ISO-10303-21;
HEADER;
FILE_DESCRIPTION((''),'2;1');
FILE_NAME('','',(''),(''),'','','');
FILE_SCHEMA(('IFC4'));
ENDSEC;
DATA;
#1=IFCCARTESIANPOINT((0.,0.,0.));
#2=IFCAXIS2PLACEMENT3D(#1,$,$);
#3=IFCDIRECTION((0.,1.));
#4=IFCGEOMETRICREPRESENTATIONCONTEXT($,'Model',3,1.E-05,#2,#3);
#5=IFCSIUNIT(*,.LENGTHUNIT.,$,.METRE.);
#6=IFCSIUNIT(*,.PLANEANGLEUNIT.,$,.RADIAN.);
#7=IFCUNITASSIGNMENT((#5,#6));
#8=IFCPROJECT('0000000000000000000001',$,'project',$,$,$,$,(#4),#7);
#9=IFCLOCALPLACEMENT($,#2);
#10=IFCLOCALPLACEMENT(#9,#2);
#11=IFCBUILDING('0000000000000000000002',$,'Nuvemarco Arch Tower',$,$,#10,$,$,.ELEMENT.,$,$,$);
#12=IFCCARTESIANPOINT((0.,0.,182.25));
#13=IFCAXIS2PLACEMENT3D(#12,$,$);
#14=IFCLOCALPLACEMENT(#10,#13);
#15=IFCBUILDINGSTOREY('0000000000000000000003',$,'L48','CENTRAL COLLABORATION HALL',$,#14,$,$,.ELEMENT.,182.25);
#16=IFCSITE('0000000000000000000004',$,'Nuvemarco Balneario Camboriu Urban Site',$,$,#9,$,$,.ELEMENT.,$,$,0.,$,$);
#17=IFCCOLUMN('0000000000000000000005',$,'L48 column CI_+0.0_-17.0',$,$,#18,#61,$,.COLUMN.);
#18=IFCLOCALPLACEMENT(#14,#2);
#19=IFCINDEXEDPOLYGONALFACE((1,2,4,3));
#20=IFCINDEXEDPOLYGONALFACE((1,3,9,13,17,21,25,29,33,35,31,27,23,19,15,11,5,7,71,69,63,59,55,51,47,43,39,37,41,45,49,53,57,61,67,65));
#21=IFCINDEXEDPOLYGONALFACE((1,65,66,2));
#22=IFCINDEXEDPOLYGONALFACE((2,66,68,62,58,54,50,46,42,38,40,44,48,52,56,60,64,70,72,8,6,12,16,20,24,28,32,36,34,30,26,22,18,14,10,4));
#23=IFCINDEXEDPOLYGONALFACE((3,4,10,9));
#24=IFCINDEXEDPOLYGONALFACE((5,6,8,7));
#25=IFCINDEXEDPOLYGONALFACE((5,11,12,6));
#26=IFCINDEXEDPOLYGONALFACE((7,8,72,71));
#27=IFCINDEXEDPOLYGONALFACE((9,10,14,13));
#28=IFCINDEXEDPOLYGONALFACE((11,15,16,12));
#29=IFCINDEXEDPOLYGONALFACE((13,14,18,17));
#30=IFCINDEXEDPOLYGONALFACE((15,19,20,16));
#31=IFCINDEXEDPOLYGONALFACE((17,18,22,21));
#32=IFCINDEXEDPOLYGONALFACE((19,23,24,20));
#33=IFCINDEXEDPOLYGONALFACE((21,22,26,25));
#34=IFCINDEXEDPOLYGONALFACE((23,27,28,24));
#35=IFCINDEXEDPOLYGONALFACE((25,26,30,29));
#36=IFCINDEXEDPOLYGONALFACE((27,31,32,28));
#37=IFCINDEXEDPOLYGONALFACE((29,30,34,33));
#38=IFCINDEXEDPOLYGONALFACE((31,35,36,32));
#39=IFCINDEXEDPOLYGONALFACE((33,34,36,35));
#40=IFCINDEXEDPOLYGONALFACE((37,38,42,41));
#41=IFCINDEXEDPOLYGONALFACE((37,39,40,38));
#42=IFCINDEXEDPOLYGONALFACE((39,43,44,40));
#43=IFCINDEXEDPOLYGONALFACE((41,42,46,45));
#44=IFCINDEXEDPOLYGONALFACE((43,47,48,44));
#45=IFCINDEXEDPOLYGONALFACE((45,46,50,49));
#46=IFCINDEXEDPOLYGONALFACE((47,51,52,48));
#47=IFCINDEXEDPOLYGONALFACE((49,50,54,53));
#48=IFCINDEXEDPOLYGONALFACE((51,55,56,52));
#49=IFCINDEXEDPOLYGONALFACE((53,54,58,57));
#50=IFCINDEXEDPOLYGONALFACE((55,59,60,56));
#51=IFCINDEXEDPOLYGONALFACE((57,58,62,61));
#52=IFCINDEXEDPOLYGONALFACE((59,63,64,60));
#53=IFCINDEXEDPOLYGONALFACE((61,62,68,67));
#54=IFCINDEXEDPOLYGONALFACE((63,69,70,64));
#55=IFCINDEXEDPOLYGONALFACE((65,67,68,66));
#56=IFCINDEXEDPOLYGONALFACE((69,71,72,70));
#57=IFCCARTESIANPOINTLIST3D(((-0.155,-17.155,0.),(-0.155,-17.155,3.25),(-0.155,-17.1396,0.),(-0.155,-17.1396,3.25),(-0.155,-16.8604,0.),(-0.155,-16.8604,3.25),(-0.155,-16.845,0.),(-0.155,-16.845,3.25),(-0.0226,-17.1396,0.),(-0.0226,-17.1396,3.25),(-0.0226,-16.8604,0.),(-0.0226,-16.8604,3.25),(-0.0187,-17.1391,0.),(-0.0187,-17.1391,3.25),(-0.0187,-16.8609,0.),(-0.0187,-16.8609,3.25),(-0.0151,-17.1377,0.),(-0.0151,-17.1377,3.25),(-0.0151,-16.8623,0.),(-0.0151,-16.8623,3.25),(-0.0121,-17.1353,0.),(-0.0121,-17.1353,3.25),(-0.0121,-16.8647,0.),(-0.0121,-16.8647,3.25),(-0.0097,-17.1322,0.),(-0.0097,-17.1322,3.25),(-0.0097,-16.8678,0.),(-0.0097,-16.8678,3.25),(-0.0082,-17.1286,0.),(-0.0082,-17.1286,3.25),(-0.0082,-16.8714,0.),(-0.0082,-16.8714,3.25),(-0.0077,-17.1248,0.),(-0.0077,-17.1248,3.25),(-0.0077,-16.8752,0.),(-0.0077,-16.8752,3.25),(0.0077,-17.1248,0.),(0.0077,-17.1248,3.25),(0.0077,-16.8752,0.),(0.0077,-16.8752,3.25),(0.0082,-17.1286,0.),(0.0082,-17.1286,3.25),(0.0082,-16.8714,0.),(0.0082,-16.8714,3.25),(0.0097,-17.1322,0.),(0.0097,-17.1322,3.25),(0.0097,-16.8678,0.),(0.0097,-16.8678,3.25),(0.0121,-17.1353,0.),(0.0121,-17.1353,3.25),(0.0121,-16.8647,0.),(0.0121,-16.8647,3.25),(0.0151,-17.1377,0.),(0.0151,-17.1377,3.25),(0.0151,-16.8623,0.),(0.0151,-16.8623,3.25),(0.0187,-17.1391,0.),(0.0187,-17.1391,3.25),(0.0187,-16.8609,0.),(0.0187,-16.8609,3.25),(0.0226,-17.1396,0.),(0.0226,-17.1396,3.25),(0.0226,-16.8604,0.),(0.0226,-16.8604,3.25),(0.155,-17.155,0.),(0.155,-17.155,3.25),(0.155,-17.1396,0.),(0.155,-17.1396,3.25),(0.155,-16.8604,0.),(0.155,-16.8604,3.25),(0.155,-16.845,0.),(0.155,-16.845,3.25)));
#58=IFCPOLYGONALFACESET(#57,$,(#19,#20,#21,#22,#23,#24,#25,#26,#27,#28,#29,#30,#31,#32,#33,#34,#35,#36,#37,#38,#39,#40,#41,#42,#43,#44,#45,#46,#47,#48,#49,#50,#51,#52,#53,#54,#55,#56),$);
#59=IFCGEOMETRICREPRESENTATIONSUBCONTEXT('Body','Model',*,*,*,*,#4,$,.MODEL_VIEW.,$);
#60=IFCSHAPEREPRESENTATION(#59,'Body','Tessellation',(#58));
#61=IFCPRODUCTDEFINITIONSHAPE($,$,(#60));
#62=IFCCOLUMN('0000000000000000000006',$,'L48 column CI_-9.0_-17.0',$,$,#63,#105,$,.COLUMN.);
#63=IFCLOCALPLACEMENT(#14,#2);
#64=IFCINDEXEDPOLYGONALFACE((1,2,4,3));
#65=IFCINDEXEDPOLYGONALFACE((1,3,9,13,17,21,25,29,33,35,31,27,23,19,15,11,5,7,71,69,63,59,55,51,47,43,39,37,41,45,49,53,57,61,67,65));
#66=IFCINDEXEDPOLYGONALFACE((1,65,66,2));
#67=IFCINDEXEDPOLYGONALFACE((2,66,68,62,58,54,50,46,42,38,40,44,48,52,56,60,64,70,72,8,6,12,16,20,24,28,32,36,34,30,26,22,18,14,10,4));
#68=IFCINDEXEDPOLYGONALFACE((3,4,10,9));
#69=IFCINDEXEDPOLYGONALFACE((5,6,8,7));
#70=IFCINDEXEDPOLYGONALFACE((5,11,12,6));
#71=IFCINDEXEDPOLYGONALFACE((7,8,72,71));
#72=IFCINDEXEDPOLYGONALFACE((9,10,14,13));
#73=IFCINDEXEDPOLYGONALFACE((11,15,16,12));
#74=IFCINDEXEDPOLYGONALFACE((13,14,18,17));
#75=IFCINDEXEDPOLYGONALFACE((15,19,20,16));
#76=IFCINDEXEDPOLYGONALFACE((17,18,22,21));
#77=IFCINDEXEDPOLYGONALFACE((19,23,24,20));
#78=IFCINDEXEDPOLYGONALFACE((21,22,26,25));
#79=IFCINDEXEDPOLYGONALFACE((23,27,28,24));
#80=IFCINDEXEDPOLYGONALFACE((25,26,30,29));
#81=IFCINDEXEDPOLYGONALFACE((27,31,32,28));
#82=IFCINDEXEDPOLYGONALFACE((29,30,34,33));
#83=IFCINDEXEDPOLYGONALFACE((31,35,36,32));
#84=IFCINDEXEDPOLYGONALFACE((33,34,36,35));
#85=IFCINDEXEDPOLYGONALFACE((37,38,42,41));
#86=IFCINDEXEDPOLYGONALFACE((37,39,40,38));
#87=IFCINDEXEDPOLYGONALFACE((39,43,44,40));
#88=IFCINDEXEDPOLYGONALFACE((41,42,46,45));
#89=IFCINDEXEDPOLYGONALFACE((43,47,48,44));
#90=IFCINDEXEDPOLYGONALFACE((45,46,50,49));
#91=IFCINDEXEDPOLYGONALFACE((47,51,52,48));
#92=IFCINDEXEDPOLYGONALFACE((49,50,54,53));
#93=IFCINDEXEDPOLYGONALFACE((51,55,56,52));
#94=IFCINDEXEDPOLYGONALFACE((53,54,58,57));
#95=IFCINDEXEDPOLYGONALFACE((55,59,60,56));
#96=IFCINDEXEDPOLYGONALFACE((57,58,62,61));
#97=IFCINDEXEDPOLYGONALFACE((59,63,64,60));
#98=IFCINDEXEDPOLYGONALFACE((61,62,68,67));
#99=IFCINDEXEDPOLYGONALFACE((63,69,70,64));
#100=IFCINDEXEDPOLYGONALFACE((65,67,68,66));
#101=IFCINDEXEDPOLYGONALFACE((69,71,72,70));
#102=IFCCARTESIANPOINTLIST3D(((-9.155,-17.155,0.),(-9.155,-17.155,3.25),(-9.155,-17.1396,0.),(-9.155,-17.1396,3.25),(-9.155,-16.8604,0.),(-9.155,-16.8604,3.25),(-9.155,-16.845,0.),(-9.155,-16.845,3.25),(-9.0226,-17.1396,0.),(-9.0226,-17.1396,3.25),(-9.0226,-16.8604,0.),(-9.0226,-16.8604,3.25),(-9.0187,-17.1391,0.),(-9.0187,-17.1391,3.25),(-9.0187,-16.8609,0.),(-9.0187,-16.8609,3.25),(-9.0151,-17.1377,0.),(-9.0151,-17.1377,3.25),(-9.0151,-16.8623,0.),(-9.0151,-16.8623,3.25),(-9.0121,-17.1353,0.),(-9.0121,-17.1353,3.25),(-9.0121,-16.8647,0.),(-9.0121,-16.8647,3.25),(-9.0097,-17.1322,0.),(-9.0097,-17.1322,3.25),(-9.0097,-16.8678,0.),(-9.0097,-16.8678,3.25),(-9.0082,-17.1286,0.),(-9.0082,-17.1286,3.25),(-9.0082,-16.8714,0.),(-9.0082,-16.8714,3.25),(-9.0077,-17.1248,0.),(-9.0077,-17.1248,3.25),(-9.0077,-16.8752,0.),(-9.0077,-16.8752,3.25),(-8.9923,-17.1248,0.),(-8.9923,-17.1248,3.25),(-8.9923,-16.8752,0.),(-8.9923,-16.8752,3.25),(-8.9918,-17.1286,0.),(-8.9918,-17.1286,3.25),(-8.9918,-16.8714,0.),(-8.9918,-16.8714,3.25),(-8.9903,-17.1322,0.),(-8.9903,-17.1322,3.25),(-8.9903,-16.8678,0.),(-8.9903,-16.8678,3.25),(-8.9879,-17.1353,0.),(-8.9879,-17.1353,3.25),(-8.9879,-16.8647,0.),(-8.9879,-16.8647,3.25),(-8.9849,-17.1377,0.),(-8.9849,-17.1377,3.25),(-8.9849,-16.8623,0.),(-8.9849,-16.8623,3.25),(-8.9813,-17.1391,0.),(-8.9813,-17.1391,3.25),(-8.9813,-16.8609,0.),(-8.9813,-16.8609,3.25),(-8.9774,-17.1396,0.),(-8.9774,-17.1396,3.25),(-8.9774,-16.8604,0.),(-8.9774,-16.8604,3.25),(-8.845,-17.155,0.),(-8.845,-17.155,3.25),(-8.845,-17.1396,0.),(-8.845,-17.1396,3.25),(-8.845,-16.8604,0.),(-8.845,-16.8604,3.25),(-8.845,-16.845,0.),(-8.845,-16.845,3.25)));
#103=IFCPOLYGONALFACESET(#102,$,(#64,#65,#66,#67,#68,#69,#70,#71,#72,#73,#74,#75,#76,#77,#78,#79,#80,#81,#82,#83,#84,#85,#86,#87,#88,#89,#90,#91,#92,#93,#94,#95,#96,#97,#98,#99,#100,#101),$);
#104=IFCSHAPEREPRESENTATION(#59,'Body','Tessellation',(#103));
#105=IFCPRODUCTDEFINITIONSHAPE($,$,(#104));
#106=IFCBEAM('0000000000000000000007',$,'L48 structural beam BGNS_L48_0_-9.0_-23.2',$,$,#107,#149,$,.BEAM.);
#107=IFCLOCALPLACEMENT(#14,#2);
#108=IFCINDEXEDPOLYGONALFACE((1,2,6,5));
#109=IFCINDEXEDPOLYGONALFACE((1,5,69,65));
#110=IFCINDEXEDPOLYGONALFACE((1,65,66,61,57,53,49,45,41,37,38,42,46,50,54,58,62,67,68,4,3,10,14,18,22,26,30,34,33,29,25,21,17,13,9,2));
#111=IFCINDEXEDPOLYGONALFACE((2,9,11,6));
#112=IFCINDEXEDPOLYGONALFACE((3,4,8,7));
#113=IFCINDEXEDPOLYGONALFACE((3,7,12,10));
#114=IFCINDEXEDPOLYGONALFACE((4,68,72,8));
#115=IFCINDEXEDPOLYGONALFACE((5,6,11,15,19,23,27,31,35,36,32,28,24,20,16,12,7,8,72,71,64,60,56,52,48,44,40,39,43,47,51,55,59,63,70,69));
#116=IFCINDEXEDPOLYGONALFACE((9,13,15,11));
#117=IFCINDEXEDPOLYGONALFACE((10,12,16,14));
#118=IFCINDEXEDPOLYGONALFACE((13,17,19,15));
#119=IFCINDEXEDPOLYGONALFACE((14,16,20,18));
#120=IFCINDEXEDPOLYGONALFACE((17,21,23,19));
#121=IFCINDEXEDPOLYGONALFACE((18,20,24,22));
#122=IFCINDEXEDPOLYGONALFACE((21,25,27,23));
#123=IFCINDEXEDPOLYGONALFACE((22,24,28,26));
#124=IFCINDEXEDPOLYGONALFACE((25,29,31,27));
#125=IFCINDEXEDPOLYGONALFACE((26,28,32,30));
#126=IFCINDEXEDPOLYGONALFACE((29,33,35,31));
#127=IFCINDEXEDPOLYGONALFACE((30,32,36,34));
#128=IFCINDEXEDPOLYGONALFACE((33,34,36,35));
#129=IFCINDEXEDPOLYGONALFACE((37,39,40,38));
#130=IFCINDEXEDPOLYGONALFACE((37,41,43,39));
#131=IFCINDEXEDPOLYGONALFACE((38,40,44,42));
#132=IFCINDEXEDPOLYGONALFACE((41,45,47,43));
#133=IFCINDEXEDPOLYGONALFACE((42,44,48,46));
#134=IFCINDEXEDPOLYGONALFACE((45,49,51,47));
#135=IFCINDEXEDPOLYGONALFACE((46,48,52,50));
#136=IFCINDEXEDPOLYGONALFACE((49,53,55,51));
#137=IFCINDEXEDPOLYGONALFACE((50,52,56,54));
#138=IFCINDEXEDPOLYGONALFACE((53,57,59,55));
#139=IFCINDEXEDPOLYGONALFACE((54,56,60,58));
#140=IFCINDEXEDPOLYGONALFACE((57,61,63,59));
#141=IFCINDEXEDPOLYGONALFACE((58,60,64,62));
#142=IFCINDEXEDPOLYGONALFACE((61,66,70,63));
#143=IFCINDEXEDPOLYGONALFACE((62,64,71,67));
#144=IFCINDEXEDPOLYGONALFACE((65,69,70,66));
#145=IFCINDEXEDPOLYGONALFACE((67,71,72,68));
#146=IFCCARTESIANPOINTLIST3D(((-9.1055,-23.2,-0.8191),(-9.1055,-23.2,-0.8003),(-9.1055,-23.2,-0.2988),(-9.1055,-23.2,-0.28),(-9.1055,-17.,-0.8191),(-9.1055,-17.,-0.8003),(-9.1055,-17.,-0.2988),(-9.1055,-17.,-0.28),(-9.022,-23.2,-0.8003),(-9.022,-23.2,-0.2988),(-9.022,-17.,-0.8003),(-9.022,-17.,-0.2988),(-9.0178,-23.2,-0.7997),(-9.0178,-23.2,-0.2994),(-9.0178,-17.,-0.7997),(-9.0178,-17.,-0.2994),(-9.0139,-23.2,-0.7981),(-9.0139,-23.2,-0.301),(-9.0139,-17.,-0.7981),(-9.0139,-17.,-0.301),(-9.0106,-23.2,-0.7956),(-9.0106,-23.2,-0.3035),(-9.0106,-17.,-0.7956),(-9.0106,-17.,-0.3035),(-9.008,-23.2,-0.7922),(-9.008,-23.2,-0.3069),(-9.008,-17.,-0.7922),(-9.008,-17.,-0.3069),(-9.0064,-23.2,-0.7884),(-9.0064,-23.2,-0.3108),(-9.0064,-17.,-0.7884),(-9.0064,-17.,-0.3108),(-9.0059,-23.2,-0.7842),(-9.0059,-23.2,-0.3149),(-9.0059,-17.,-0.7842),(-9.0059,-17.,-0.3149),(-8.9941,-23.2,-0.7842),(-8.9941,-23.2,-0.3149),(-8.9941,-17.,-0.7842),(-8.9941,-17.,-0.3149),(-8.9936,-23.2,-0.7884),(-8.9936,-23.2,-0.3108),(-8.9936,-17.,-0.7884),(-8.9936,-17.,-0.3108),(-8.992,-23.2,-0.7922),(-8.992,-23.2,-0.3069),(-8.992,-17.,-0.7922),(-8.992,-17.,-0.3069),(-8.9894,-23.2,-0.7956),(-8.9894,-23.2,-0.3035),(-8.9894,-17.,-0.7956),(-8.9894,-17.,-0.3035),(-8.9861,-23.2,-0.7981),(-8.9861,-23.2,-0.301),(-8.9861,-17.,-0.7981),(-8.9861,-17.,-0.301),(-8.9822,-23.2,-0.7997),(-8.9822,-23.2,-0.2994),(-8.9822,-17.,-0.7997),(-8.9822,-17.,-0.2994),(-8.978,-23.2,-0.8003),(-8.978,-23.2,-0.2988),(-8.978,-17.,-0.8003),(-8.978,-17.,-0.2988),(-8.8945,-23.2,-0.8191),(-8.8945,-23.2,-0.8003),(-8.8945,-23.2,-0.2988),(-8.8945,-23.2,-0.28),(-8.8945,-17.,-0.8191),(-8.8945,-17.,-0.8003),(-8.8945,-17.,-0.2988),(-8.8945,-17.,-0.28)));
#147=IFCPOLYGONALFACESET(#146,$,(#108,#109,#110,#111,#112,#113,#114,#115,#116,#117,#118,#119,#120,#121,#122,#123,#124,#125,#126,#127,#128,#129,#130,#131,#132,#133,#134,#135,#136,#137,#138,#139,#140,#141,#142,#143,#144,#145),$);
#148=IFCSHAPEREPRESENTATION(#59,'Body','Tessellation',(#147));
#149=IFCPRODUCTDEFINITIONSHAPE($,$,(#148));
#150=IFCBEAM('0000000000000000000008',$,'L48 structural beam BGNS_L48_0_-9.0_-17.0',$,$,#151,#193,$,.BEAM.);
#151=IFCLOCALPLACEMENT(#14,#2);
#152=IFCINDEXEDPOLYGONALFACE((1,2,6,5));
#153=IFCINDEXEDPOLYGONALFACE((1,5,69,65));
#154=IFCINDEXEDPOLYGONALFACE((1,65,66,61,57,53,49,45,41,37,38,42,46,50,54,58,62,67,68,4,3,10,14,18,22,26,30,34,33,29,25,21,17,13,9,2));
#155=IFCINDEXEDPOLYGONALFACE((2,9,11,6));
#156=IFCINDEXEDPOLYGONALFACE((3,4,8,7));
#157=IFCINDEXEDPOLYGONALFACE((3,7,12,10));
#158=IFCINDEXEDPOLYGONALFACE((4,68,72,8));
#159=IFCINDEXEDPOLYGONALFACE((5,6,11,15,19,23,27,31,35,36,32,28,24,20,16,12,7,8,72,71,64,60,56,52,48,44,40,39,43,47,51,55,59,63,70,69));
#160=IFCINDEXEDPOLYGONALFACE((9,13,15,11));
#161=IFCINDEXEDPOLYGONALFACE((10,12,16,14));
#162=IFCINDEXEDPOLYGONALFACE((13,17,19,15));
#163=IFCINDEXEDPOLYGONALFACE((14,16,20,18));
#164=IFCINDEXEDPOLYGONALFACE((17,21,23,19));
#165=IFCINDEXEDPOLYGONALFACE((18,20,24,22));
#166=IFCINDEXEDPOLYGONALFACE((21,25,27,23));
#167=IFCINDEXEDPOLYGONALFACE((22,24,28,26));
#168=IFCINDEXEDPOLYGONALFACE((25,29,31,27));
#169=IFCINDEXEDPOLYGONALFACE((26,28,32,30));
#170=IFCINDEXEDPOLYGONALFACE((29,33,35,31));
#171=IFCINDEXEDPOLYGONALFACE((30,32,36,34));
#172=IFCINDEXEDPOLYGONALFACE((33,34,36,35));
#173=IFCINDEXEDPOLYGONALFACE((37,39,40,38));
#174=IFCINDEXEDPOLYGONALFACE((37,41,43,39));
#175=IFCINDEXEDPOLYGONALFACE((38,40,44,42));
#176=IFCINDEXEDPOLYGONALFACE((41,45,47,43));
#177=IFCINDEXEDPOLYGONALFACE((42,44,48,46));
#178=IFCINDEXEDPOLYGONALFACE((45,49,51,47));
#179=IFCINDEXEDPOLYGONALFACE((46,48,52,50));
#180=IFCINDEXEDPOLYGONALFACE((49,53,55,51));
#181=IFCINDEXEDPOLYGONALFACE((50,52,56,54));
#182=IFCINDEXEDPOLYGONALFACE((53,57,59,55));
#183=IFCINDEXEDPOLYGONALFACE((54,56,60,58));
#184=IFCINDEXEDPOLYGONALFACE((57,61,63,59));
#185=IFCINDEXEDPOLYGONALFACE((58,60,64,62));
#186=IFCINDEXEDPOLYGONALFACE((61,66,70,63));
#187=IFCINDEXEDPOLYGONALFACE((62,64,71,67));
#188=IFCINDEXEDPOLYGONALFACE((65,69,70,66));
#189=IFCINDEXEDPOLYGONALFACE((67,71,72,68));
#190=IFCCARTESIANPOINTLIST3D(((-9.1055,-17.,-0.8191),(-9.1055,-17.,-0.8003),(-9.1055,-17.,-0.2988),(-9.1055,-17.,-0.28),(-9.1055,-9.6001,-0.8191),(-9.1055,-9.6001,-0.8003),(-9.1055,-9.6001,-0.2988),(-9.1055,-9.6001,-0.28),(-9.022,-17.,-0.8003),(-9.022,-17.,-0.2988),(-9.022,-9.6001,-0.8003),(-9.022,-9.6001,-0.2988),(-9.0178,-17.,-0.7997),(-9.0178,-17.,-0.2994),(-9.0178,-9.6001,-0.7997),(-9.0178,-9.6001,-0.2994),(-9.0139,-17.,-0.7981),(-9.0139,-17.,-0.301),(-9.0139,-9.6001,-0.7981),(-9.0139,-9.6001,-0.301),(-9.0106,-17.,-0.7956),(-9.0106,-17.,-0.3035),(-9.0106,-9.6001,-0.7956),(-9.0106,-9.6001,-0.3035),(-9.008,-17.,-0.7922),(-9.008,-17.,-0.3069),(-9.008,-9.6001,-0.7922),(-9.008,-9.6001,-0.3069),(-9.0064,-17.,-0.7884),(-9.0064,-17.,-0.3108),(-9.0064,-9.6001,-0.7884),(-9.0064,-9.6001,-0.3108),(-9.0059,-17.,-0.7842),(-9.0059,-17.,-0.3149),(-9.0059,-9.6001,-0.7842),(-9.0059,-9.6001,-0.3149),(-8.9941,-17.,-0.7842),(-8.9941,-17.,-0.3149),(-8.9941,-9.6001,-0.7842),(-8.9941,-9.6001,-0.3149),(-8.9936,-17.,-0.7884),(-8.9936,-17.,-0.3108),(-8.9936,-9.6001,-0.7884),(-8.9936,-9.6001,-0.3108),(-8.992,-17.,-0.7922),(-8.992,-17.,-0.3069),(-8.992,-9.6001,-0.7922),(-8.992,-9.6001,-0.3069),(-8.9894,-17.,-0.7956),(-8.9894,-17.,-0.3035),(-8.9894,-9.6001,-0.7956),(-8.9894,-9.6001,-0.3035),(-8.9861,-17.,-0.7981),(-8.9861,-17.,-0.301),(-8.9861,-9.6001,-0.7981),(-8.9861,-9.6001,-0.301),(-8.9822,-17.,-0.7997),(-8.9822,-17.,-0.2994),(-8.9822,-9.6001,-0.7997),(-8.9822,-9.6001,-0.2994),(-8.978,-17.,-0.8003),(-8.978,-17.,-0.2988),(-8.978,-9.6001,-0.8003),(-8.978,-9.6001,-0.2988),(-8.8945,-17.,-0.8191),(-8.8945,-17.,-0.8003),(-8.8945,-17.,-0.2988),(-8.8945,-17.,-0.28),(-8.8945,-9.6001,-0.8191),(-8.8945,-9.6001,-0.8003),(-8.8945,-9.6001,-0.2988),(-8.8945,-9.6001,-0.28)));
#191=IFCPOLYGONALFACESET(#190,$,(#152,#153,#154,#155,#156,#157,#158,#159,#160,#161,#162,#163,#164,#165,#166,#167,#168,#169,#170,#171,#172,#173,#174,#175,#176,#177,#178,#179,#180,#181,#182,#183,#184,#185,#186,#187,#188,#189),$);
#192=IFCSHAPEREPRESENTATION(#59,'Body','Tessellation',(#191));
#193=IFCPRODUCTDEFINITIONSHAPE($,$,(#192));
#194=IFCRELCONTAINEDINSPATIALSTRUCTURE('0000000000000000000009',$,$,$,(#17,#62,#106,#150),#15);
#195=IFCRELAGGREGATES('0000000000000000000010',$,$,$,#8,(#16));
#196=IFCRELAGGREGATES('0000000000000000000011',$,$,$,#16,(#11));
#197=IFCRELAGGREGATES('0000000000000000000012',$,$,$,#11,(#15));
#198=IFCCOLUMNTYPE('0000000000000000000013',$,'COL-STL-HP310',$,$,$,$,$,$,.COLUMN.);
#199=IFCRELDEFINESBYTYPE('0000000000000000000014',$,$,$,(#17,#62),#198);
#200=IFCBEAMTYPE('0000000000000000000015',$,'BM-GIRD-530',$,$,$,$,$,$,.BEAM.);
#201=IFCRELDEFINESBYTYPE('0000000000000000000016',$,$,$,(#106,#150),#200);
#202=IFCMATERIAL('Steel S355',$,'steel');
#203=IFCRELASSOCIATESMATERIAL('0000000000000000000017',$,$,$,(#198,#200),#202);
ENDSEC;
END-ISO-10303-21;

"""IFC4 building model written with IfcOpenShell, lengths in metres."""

from ifc_helpers import new_model, si_unit, direction, frame, origin, origin_2d, place, context, subcontext, project, spatial, i_section, extrude, material, material_profile, profile_set, type_object, element, save


model = new_model("IFC4")

# Units and contexts
model_context = context("Model", 3, precision=1e-05, world=origin(), true_north=direction((0.0, 1.0)))
body_context = subcontext(model_context, "Body", "Model", "MODEL_VIEW")
ifc_project = project(units=[si_unit("LENGTHUNIT", "METRE"), si_unit("PLANEANGLEUNIT", "RADIAN")], contexts=[model_context])

# Site, building, storey
site_placement = place(None, origin())
site = spatial("IfcSite", under=ifc_project, at=site_placement, Name="Nuvemarco Balneario Camboriu Urban Site", CompositionType="ELEMENT", RefElevation=0.0)
building_placement = place(site_placement, origin())
building = spatial("IfcBuilding", under=site, at=building_placement, Name="Nuvemarco Arch Tower", CompositionType="ELEMENT")
storey_placement = place(building_placement, frame((0.0, 0.0, 182.25)))
storey = spatial("IfcBuildingStorey", under=building, at=storey_placement, Name="L48", Description="CENTRAL COLLABORATION HALL", CompositionType="ELEMENT", Elevation=182.25)

# Columns
ifc_material_1 = material(Name="Steel S355", Category="steel")
ifc_material_profile_1 = material_profile(ifc_material_1, i_section(OverallWidth=0.3101, OverallDepth=0.3101, WebThickness=0.0154, FlangeThickness=0.0154, FilletRadius=0.0149, at=origin_2d()), Name="HP310x110")
ifc_profile_set_1 = profile_set([ifc_material_profile_1], Name="Steel S355")
column_type_1 = type_object("IfcColumnType", Name="COL-STL-HP310", PredefinedType="COLUMN", material=ifc_profile_set_1)
for number, where, z_axis, x_axis, name in (
    (1, (0.0, -17.0, 0.0), (0.0, 0.0, 1.0), (1.0, 0.0, 0.0), "L48 column CI_+0.0_-17.0"),
    (2, (-9.0, -17.0, 0.0), (0.0, 0.0, 1.0), (1.0, 0.0, 0.0), "L48 column CI_-9.0_-17.0"),
):
    element("IfcColumn", number, at=place(storey_placement, frame(where, z_axis=z_axis, x_axis=x_axis)), inside=storey, type_object=column_type_1, Name=name, PredefinedType="COLUMN", context=body_context, shape_type="SweptSolid", body=[
        extrude(i_section(OverallWidth=0.3101, OverallDepth=0.3101, WebThickness=0.0154, FlangeThickness=0.0154, FilletRadius=0.0149, at=origin_2d()), origin(), (0.0, 0.0, 1.0), 3.25),
    ])

# Beams
ifc_material_profile_2 = material_profile(ifc_material_1, i_section(OverallWidth=0.2109, OverallDepth=0.5391, WebThickness=0.0117, FlangeThickness=0.0188, FilletRadius=0.0161, at=origin_2d()), Name="W530x109")
ifc_profile_set_2 = profile_set([ifc_material_profile_2], Name="Steel S355")
beam_type_1 = type_object("IfcBeamType", Name="BM-GIRD-530", PredefinedType="BEAM", material=ifc_profile_set_2)
beam_1_placement = place(storey_placement, frame((-9.0, -23.2, -0.5496), z_axis=(0.0, 1.0, 0.0), x_axis=(-1.0, 0.0, 0.0)))
element("IfcBeam", 3, at=beam_1_placement, inside=storey, type_object=beam_type_1, Name="L48 structural beam BGNS_L48_0_-9.0_-23.2", PredefinedType="BEAM", context=body_context, shape_type="SweptSolid", body=[
    extrude(i_section(OverallWidth=0.2109, OverallDepth=0.5391, WebThickness=0.0117, FlangeThickness=0.0188, FilletRadius=0.0161, at=origin_2d()), origin(), (0.0, 0.0, 1.0), 6.2),
])
beam_2_placement = place(storey_placement, frame((-9.0, -17.0, -0.5496), z_axis=(0.0, 1.0, 0.0), x_axis=(-1.0, 0.0, 0.0)))
element("IfcBeam", 4, at=beam_2_placement, inside=storey, type_object=beam_type_1, Name="L48 structural beam BGNS_L48_0_-9.0_-17.0", PredefinedType="BEAM", context=body_context, shape_type="SweptSolid", body=[
    extrude(i_section(OverallWidth=0.2109, OverallDepth=0.5391, WebThickness=0.0117, FlangeThickness=0.0188, FilletRadius=0.0161, at=origin_2d()), origin(), (0.0, 0.0, 1.0), 7.3999),
])

save(model, "model.ifc")
